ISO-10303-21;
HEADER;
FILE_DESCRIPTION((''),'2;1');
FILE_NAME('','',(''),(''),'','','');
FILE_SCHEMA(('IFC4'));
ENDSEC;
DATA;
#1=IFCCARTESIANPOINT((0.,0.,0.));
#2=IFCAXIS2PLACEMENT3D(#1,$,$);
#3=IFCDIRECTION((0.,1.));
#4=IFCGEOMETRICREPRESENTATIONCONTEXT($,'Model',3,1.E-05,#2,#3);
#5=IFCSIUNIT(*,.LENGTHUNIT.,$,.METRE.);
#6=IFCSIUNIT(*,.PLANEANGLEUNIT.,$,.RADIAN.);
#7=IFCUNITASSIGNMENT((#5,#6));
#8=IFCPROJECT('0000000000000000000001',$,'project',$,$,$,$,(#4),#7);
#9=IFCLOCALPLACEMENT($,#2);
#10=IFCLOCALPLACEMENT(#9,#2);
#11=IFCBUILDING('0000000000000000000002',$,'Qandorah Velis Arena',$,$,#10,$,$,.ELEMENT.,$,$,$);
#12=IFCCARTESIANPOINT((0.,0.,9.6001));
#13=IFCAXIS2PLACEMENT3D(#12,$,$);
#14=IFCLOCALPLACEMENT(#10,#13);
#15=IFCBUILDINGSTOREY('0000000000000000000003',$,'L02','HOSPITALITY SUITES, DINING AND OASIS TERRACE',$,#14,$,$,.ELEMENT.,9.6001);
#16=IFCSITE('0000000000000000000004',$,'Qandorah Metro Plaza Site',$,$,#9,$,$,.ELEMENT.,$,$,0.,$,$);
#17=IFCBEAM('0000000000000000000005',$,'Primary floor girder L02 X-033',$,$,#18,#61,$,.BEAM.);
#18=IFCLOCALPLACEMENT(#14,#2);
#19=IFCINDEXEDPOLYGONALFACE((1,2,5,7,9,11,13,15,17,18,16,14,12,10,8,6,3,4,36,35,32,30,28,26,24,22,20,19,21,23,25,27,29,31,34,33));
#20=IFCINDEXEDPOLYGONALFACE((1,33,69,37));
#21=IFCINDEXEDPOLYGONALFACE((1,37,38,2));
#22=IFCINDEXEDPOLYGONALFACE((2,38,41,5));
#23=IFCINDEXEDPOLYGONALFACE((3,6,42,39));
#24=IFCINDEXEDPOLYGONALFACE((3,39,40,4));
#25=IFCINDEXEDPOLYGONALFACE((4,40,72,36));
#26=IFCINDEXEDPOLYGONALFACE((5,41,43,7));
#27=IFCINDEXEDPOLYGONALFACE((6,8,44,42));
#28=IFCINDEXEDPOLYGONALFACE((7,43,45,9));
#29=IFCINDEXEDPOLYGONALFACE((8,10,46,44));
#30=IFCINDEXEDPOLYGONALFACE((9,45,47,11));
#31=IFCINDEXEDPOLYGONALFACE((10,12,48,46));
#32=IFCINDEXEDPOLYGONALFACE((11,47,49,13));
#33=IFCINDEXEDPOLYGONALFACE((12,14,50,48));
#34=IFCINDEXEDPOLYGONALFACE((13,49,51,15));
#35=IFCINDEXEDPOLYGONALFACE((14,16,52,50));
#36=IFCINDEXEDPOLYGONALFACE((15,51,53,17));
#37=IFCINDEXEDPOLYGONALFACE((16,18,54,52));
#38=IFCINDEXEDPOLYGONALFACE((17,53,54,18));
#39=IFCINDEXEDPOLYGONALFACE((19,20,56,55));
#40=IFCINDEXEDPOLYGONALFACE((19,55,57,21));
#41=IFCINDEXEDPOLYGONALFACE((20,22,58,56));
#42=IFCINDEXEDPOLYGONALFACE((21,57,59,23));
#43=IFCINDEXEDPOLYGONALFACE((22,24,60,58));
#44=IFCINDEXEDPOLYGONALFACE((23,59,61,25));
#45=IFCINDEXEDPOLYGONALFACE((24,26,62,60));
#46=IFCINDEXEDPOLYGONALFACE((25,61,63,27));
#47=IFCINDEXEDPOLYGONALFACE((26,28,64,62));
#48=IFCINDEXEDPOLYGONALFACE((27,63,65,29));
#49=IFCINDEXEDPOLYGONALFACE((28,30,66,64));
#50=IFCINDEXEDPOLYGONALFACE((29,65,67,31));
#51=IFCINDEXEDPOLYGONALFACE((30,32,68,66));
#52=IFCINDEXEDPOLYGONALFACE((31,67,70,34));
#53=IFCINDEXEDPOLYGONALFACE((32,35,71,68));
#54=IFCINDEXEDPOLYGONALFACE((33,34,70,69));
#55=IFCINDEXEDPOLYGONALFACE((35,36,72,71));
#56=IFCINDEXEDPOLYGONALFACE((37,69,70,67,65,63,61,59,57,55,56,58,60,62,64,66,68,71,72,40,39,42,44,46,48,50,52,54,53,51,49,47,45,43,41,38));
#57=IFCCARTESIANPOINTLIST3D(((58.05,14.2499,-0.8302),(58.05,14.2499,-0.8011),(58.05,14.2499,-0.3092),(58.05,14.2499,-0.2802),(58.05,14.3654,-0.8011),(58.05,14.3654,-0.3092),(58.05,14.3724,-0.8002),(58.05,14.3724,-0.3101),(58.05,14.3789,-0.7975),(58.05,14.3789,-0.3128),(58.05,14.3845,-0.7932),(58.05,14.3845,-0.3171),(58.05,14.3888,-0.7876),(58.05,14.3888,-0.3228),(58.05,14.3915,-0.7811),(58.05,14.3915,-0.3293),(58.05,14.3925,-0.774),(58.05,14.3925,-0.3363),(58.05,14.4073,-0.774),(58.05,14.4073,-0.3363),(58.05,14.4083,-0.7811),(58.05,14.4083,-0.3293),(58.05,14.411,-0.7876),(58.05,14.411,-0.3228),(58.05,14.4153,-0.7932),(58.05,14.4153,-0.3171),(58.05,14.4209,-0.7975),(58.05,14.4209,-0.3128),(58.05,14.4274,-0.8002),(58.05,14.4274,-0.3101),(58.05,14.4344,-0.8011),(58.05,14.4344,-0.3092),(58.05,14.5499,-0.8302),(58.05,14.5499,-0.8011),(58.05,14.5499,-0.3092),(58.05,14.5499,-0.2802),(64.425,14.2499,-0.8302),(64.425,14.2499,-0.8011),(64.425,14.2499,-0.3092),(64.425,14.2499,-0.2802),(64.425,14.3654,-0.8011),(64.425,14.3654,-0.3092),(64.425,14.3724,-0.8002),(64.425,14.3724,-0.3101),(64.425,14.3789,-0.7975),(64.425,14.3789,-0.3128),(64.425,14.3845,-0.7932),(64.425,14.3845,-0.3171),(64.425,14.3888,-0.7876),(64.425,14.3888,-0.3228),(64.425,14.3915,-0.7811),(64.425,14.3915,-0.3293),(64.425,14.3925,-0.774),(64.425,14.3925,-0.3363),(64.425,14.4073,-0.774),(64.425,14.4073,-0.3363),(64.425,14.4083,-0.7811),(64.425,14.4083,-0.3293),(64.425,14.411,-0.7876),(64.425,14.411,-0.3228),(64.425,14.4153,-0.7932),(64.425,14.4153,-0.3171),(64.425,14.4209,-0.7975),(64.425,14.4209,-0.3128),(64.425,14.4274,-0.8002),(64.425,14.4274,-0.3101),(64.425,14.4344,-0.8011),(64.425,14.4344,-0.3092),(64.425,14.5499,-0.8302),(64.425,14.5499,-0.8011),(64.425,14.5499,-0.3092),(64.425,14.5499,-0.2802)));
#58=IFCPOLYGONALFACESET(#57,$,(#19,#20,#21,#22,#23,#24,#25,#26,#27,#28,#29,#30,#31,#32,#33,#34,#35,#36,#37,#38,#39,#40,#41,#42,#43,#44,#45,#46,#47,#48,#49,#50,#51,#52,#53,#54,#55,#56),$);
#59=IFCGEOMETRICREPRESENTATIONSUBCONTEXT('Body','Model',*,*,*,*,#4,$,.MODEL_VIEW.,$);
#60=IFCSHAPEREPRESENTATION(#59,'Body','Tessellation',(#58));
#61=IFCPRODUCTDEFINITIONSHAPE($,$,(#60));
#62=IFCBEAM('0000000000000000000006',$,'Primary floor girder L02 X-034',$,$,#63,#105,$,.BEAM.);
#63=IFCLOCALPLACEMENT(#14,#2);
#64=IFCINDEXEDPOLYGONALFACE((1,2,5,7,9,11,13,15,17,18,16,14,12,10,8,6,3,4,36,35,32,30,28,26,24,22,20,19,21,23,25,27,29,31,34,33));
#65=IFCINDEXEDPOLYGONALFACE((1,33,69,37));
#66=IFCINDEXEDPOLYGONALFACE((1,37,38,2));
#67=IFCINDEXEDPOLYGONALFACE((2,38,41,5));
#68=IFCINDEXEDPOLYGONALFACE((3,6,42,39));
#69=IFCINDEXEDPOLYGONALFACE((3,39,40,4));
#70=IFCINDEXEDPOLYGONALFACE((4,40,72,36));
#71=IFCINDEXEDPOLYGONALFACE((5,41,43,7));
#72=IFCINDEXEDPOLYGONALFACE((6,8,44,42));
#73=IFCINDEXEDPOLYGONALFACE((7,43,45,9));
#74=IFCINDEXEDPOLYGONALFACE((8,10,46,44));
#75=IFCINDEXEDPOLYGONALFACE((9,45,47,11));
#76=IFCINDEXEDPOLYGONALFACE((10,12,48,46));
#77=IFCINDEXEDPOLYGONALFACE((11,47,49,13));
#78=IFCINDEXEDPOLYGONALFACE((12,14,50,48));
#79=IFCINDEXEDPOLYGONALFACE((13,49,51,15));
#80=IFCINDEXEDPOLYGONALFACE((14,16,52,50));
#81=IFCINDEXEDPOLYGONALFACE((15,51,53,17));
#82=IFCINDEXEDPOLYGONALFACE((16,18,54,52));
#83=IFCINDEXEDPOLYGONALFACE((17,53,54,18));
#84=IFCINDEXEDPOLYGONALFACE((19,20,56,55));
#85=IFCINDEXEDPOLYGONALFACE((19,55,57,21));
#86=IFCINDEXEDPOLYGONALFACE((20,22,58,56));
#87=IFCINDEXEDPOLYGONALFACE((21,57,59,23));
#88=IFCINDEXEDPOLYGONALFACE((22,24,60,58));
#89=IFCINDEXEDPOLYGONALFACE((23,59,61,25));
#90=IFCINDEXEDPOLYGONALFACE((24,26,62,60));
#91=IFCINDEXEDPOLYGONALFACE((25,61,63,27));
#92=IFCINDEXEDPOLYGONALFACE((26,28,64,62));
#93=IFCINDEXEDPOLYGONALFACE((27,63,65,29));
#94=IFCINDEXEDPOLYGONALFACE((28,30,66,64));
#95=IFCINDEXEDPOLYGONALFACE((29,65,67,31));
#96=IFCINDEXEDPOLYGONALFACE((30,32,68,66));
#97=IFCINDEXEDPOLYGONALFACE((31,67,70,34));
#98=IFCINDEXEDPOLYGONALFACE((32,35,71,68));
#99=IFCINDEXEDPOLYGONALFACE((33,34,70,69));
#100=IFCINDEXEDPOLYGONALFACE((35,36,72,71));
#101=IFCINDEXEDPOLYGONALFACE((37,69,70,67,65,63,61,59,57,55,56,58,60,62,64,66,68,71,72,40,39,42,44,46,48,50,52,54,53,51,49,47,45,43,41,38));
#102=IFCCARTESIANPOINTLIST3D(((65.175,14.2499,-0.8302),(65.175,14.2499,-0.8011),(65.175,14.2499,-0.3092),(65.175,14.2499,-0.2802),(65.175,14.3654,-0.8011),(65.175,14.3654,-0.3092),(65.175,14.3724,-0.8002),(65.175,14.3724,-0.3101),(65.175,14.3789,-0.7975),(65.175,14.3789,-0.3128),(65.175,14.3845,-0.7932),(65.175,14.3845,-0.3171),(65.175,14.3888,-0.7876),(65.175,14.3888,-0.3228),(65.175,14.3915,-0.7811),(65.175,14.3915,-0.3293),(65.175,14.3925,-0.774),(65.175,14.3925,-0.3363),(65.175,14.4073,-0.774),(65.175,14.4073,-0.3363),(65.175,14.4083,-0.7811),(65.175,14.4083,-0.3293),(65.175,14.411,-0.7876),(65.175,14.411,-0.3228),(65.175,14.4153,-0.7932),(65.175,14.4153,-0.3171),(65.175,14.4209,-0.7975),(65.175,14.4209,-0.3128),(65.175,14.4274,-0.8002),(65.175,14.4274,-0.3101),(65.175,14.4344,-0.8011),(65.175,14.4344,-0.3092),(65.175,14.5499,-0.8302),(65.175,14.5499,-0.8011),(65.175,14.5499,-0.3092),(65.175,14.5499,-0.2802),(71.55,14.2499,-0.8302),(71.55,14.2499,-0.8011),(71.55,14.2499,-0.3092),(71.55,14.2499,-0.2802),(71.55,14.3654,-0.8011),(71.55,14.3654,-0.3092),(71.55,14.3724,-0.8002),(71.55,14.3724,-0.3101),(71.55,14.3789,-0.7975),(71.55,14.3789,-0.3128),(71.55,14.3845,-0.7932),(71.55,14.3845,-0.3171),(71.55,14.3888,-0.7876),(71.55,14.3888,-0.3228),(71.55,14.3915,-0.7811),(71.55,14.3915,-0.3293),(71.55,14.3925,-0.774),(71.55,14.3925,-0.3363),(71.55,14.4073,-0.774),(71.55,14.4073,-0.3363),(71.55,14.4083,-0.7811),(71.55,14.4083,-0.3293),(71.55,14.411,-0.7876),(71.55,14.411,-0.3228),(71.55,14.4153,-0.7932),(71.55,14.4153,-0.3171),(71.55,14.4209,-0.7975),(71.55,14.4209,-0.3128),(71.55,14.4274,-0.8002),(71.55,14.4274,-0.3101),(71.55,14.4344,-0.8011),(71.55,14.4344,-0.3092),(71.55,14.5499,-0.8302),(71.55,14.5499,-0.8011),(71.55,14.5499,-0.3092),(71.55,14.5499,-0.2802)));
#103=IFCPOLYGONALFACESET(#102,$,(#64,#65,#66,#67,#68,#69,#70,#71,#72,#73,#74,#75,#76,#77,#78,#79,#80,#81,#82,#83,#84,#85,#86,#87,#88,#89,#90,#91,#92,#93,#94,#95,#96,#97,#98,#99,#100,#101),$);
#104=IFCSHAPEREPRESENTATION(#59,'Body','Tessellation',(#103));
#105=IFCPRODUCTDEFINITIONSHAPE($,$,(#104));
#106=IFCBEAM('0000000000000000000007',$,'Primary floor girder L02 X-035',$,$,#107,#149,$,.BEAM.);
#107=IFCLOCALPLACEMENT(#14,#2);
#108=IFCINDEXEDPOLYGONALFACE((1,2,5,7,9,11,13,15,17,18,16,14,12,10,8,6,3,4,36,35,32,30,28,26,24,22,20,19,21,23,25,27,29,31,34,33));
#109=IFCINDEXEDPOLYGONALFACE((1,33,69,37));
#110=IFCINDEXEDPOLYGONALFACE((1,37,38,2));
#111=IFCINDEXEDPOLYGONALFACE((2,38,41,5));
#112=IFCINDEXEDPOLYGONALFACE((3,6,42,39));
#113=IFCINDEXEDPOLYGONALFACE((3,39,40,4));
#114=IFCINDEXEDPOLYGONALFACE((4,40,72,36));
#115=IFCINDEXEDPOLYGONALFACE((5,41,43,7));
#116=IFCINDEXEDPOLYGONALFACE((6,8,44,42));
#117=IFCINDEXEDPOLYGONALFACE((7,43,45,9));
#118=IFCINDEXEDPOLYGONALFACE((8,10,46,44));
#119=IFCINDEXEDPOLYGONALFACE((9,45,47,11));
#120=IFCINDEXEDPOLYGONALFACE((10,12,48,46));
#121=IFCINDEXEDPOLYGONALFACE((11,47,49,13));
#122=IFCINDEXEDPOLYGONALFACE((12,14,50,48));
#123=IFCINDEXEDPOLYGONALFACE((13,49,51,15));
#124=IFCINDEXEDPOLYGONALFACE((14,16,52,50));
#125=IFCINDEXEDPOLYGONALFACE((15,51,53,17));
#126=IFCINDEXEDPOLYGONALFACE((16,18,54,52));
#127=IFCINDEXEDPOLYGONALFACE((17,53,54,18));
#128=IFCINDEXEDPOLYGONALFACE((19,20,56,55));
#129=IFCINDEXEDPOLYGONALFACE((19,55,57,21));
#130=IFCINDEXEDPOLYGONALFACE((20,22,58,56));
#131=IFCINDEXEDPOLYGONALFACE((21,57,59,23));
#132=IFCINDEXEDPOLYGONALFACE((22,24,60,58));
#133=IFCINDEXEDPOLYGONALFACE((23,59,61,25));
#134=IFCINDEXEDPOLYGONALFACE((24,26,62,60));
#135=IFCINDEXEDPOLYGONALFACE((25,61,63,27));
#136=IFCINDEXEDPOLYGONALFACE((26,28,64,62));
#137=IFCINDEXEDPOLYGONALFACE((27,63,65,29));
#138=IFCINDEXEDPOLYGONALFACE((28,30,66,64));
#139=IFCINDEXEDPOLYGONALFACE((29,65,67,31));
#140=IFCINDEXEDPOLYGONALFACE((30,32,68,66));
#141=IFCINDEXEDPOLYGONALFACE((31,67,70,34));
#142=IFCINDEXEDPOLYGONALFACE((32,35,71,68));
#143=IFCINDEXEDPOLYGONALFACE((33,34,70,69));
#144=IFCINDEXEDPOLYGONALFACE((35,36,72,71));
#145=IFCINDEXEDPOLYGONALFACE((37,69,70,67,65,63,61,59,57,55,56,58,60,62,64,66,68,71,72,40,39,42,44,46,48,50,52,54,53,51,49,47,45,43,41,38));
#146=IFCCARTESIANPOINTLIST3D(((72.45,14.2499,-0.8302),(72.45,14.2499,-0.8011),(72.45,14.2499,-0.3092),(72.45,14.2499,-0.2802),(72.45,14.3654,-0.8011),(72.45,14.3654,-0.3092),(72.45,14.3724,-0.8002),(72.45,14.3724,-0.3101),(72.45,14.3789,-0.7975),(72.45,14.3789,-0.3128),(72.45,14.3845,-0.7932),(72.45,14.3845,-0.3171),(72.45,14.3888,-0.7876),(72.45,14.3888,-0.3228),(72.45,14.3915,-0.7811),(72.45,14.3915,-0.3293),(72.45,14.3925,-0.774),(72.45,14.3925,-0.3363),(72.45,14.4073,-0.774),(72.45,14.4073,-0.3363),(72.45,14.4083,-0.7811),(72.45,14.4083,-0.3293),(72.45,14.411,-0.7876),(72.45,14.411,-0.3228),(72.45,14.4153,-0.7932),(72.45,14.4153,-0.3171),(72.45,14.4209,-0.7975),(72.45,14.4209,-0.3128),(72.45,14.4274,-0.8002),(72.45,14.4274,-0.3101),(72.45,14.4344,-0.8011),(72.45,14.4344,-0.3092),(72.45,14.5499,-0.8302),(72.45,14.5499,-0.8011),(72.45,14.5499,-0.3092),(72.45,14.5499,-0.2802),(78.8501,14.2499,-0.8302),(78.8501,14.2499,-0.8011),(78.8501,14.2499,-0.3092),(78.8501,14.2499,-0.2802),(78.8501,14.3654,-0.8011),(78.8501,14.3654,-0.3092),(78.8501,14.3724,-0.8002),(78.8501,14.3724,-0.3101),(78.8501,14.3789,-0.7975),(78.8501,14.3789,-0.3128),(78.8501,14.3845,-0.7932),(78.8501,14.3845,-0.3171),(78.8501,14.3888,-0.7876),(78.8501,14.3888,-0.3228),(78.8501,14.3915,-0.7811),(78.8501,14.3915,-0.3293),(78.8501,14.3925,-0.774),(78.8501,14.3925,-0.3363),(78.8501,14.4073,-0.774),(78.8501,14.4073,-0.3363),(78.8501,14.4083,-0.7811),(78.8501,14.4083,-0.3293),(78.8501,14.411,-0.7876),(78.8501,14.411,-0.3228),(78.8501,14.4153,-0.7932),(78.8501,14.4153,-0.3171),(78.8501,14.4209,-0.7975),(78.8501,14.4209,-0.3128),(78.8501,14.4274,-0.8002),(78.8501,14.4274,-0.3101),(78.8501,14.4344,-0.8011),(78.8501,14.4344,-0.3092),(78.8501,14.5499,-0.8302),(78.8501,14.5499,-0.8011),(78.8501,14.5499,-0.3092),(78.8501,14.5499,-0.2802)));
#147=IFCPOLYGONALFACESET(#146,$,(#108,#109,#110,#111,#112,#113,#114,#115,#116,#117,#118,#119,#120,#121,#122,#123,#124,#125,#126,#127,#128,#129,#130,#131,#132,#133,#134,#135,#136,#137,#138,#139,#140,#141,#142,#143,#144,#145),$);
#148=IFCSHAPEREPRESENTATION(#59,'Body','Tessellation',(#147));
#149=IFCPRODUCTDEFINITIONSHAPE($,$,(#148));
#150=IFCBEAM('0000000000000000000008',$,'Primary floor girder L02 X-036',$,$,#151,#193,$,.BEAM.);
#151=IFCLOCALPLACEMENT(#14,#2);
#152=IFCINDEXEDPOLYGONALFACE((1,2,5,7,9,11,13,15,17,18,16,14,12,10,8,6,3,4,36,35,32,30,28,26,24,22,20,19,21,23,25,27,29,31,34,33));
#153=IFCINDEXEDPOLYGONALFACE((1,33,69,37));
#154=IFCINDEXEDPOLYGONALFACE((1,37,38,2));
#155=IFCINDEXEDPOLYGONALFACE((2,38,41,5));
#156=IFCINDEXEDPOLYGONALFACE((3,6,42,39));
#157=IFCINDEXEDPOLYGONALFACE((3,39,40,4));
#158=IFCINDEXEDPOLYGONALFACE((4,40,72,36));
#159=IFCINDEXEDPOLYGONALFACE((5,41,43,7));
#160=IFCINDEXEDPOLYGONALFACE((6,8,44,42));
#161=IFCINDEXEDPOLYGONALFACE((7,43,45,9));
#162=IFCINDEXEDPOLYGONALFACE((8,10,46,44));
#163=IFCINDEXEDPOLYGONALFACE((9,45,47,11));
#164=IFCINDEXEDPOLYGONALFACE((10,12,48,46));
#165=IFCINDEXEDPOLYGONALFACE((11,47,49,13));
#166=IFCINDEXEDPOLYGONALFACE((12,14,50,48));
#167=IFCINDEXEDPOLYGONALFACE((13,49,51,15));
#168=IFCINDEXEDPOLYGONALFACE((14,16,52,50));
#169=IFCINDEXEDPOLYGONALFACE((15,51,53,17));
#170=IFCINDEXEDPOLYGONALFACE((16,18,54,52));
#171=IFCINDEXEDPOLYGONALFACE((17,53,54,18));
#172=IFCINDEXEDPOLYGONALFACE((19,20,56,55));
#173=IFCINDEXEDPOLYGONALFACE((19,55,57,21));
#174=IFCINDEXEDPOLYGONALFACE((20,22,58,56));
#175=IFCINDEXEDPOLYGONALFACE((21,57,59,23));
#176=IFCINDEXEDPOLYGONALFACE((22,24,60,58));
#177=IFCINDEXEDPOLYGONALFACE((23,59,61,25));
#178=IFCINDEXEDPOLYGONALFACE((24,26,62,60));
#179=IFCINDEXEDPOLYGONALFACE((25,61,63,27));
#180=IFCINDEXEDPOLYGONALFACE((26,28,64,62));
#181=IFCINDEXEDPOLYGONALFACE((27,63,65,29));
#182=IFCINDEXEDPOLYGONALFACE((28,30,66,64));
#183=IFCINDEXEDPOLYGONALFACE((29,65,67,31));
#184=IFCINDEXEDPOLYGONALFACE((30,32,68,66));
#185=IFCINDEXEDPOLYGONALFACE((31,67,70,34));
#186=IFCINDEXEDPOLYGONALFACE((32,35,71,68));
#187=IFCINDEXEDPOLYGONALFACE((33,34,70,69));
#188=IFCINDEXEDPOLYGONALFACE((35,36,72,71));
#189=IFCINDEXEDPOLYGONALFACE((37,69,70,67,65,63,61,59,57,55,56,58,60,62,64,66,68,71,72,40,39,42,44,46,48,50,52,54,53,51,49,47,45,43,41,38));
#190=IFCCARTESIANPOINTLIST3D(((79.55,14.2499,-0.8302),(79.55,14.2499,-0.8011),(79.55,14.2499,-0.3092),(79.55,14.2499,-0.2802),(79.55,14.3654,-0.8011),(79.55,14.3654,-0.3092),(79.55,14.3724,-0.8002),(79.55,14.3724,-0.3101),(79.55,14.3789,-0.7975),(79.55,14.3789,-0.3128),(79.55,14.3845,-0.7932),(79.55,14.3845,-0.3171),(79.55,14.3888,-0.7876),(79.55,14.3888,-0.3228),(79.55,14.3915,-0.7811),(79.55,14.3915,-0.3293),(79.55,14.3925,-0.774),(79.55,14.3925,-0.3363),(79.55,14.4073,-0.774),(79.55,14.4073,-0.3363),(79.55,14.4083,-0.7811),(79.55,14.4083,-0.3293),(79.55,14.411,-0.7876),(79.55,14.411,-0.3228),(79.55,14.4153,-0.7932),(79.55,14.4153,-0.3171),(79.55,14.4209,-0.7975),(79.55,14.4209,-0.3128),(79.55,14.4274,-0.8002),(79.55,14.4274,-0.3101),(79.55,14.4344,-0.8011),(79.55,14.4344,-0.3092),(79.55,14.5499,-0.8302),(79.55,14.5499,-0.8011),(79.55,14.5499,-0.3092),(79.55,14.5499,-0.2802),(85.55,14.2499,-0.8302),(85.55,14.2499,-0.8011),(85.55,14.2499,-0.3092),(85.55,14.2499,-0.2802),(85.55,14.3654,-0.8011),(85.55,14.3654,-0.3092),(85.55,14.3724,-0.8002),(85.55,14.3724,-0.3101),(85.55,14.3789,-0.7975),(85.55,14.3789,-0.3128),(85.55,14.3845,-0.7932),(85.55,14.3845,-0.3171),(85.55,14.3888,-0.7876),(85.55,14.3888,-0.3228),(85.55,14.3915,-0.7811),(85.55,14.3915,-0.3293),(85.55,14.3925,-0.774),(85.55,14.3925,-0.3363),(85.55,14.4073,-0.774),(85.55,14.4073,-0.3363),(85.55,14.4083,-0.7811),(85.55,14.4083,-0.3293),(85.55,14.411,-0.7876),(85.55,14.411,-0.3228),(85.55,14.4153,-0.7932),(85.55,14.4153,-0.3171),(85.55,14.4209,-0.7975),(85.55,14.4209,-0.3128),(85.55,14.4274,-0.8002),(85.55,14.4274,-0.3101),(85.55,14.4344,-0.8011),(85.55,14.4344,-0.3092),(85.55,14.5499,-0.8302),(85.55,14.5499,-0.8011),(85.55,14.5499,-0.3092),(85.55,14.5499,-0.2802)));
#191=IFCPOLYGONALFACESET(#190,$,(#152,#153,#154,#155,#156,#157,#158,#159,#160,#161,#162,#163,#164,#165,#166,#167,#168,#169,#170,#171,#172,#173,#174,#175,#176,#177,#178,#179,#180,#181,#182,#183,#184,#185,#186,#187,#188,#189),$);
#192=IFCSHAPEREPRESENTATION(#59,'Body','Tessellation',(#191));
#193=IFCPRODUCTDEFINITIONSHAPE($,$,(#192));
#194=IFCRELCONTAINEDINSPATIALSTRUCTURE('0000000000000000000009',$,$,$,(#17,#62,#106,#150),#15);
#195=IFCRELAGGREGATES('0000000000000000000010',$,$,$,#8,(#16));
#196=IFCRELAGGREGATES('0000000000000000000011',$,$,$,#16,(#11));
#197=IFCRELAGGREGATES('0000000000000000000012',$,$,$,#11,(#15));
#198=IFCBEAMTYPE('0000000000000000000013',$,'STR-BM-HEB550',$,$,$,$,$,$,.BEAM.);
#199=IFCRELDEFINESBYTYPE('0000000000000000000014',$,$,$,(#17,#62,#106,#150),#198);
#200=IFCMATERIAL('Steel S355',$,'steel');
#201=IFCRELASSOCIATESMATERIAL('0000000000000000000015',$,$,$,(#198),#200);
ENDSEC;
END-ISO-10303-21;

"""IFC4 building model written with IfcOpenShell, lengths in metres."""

from ifc_helpers import new_model, si_unit, direction, frame, origin, origin_2d, place, context, subcontext, project, spatial, i_section, extrude, material, material_profile, profile_set, type_object, element, save


model = new_model("IFC4")

# Units and contexts
model_context = context("Model", 3, precision=1e-05, world=origin(), true_north=direction((0.0, 1.0)))
body_context = subcontext(model_context, "Body", "Model", "MODEL_VIEW")
ifc_project = project(units=[si_unit("LENGTHUNIT", "METRE"), si_unit("PLANEANGLEUNIT", "RADIAN")], contexts=[model_context])

# Site, building, storey
site_placement = place(None, origin())
site = spatial("IfcSite", under=ifc_project, at=site_placement, Name="Qandorah Metro Plaza Site", CompositionType="ELEMENT", RefElevation=0.0)
building_placement = place(site_placement, origin())
building = spatial("IfcBuilding", under=site, at=building_placement, Name="Qandorah Velis Arena", CompositionType="ELEMENT")
storey_placement = place(building_placement, frame((0.0, 0.0, 9.6001)))
storey = spatial("IfcBuildingStorey", under=building, at=storey_placement, Name="L02", Description="HOSPITALITY SUITES, DINING AND OASIS TERRACE", CompositionType="ELEMENT", Elevation=9.6001)

# Shared definitions
ifc_material_1 = material(Name="Steel S355", Category="steel")

# Beams
ifc_material_profile_1 = material_profile(ifc_material_1, i_section(OverallWidth=0.3, OverallDepth=0.55, WebThickness=0.0149, FlangeThickness=0.0291, FilletRadius=0.0271, at=origin_2d()), Name="HEB 550")
ifc_profile_set_1 = profile_set([ifc_material_profile_1], Name="Steel S355")
beam_type_1 = type_object("IfcBeamType", Name="STR-BM-HEB550", PredefinedType="BEAM", material=ifc_profile_set_1)
for number, where, z_axis, x_axis, name in (
    (1, (58.05, 14.3999, -0.5552), (1.0, 0.0, 0.0), (0.0, 1.0, 0.0), "Primary floor girder L02 X-033"),
    (2, (65.175, 14.3999, -0.5552), (1.0, 0.0, 0.0), (0.0, 1.0, 0.0), "Primary floor girder L02 X-034"),
):
    element("IfcBeam", number, at=place(storey_placement, frame(where, z_axis=z_axis, x_axis=x_axis)), inside=storey, type_object=beam_type_1, Name=name, PredefinedType="BEAM", context=body_context, shape_type="SweptSolid", body=[
        extrude(i_section(OverallWidth=0.3, OverallDepth=0.55, WebThickness=0.0149, FlangeThickness=0.0291, FilletRadius=0.0271, at=origin_2d()), origin(), (0.0, 0.0, 1.0), 6.375),
    ])
beam_1_placement = place(storey_placement, frame((72.45, 14.3999, -0.5552), z_axis=(1.0, 0.0, 0.0), x_axis=(0.0, 1.0, 0.0)))
element("IfcBeam", 3, at=beam_1_placement, inside=storey, type_object=beam_type_1, Name="Primary floor girder L02 X-035", PredefinedType="BEAM", context=body_context, shape_type="SweptSolid", body=[
    extrude(i_section(OverallWidth=0.3, OverallDepth=0.55, WebThickness=0.0149, FlangeThickness=0.0291, FilletRadius=0.0271, at=origin_2d()), origin(), (0.0, 0.0, 1.0), 6.4001),
])
beam_2_placement = place(storey_placement, frame((79.55, 14.3999, -0.5552), z_axis=(1.0, 0.0, 0.0), x_axis=(0.0, 1.0, 0.0)))
element("IfcBeam", 4, at=beam_2_placement, inside=storey, type_object=beam_type_1, Name="Primary floor girder L02 X-036", PredefinedType="BEAM", context=body_context, shape_type="SweptSolid", body=[
    extrude(i_section(OverallWidth=0.3, OverallDepth=0.55, WebThickness=0.0149, FlangeThickness=0.0291, FilletRadius=0.0271, at=origin_2d()), origin(), (0.0, 0.0, 1.0), 6.0),
])

save(model, "model.ifc")
